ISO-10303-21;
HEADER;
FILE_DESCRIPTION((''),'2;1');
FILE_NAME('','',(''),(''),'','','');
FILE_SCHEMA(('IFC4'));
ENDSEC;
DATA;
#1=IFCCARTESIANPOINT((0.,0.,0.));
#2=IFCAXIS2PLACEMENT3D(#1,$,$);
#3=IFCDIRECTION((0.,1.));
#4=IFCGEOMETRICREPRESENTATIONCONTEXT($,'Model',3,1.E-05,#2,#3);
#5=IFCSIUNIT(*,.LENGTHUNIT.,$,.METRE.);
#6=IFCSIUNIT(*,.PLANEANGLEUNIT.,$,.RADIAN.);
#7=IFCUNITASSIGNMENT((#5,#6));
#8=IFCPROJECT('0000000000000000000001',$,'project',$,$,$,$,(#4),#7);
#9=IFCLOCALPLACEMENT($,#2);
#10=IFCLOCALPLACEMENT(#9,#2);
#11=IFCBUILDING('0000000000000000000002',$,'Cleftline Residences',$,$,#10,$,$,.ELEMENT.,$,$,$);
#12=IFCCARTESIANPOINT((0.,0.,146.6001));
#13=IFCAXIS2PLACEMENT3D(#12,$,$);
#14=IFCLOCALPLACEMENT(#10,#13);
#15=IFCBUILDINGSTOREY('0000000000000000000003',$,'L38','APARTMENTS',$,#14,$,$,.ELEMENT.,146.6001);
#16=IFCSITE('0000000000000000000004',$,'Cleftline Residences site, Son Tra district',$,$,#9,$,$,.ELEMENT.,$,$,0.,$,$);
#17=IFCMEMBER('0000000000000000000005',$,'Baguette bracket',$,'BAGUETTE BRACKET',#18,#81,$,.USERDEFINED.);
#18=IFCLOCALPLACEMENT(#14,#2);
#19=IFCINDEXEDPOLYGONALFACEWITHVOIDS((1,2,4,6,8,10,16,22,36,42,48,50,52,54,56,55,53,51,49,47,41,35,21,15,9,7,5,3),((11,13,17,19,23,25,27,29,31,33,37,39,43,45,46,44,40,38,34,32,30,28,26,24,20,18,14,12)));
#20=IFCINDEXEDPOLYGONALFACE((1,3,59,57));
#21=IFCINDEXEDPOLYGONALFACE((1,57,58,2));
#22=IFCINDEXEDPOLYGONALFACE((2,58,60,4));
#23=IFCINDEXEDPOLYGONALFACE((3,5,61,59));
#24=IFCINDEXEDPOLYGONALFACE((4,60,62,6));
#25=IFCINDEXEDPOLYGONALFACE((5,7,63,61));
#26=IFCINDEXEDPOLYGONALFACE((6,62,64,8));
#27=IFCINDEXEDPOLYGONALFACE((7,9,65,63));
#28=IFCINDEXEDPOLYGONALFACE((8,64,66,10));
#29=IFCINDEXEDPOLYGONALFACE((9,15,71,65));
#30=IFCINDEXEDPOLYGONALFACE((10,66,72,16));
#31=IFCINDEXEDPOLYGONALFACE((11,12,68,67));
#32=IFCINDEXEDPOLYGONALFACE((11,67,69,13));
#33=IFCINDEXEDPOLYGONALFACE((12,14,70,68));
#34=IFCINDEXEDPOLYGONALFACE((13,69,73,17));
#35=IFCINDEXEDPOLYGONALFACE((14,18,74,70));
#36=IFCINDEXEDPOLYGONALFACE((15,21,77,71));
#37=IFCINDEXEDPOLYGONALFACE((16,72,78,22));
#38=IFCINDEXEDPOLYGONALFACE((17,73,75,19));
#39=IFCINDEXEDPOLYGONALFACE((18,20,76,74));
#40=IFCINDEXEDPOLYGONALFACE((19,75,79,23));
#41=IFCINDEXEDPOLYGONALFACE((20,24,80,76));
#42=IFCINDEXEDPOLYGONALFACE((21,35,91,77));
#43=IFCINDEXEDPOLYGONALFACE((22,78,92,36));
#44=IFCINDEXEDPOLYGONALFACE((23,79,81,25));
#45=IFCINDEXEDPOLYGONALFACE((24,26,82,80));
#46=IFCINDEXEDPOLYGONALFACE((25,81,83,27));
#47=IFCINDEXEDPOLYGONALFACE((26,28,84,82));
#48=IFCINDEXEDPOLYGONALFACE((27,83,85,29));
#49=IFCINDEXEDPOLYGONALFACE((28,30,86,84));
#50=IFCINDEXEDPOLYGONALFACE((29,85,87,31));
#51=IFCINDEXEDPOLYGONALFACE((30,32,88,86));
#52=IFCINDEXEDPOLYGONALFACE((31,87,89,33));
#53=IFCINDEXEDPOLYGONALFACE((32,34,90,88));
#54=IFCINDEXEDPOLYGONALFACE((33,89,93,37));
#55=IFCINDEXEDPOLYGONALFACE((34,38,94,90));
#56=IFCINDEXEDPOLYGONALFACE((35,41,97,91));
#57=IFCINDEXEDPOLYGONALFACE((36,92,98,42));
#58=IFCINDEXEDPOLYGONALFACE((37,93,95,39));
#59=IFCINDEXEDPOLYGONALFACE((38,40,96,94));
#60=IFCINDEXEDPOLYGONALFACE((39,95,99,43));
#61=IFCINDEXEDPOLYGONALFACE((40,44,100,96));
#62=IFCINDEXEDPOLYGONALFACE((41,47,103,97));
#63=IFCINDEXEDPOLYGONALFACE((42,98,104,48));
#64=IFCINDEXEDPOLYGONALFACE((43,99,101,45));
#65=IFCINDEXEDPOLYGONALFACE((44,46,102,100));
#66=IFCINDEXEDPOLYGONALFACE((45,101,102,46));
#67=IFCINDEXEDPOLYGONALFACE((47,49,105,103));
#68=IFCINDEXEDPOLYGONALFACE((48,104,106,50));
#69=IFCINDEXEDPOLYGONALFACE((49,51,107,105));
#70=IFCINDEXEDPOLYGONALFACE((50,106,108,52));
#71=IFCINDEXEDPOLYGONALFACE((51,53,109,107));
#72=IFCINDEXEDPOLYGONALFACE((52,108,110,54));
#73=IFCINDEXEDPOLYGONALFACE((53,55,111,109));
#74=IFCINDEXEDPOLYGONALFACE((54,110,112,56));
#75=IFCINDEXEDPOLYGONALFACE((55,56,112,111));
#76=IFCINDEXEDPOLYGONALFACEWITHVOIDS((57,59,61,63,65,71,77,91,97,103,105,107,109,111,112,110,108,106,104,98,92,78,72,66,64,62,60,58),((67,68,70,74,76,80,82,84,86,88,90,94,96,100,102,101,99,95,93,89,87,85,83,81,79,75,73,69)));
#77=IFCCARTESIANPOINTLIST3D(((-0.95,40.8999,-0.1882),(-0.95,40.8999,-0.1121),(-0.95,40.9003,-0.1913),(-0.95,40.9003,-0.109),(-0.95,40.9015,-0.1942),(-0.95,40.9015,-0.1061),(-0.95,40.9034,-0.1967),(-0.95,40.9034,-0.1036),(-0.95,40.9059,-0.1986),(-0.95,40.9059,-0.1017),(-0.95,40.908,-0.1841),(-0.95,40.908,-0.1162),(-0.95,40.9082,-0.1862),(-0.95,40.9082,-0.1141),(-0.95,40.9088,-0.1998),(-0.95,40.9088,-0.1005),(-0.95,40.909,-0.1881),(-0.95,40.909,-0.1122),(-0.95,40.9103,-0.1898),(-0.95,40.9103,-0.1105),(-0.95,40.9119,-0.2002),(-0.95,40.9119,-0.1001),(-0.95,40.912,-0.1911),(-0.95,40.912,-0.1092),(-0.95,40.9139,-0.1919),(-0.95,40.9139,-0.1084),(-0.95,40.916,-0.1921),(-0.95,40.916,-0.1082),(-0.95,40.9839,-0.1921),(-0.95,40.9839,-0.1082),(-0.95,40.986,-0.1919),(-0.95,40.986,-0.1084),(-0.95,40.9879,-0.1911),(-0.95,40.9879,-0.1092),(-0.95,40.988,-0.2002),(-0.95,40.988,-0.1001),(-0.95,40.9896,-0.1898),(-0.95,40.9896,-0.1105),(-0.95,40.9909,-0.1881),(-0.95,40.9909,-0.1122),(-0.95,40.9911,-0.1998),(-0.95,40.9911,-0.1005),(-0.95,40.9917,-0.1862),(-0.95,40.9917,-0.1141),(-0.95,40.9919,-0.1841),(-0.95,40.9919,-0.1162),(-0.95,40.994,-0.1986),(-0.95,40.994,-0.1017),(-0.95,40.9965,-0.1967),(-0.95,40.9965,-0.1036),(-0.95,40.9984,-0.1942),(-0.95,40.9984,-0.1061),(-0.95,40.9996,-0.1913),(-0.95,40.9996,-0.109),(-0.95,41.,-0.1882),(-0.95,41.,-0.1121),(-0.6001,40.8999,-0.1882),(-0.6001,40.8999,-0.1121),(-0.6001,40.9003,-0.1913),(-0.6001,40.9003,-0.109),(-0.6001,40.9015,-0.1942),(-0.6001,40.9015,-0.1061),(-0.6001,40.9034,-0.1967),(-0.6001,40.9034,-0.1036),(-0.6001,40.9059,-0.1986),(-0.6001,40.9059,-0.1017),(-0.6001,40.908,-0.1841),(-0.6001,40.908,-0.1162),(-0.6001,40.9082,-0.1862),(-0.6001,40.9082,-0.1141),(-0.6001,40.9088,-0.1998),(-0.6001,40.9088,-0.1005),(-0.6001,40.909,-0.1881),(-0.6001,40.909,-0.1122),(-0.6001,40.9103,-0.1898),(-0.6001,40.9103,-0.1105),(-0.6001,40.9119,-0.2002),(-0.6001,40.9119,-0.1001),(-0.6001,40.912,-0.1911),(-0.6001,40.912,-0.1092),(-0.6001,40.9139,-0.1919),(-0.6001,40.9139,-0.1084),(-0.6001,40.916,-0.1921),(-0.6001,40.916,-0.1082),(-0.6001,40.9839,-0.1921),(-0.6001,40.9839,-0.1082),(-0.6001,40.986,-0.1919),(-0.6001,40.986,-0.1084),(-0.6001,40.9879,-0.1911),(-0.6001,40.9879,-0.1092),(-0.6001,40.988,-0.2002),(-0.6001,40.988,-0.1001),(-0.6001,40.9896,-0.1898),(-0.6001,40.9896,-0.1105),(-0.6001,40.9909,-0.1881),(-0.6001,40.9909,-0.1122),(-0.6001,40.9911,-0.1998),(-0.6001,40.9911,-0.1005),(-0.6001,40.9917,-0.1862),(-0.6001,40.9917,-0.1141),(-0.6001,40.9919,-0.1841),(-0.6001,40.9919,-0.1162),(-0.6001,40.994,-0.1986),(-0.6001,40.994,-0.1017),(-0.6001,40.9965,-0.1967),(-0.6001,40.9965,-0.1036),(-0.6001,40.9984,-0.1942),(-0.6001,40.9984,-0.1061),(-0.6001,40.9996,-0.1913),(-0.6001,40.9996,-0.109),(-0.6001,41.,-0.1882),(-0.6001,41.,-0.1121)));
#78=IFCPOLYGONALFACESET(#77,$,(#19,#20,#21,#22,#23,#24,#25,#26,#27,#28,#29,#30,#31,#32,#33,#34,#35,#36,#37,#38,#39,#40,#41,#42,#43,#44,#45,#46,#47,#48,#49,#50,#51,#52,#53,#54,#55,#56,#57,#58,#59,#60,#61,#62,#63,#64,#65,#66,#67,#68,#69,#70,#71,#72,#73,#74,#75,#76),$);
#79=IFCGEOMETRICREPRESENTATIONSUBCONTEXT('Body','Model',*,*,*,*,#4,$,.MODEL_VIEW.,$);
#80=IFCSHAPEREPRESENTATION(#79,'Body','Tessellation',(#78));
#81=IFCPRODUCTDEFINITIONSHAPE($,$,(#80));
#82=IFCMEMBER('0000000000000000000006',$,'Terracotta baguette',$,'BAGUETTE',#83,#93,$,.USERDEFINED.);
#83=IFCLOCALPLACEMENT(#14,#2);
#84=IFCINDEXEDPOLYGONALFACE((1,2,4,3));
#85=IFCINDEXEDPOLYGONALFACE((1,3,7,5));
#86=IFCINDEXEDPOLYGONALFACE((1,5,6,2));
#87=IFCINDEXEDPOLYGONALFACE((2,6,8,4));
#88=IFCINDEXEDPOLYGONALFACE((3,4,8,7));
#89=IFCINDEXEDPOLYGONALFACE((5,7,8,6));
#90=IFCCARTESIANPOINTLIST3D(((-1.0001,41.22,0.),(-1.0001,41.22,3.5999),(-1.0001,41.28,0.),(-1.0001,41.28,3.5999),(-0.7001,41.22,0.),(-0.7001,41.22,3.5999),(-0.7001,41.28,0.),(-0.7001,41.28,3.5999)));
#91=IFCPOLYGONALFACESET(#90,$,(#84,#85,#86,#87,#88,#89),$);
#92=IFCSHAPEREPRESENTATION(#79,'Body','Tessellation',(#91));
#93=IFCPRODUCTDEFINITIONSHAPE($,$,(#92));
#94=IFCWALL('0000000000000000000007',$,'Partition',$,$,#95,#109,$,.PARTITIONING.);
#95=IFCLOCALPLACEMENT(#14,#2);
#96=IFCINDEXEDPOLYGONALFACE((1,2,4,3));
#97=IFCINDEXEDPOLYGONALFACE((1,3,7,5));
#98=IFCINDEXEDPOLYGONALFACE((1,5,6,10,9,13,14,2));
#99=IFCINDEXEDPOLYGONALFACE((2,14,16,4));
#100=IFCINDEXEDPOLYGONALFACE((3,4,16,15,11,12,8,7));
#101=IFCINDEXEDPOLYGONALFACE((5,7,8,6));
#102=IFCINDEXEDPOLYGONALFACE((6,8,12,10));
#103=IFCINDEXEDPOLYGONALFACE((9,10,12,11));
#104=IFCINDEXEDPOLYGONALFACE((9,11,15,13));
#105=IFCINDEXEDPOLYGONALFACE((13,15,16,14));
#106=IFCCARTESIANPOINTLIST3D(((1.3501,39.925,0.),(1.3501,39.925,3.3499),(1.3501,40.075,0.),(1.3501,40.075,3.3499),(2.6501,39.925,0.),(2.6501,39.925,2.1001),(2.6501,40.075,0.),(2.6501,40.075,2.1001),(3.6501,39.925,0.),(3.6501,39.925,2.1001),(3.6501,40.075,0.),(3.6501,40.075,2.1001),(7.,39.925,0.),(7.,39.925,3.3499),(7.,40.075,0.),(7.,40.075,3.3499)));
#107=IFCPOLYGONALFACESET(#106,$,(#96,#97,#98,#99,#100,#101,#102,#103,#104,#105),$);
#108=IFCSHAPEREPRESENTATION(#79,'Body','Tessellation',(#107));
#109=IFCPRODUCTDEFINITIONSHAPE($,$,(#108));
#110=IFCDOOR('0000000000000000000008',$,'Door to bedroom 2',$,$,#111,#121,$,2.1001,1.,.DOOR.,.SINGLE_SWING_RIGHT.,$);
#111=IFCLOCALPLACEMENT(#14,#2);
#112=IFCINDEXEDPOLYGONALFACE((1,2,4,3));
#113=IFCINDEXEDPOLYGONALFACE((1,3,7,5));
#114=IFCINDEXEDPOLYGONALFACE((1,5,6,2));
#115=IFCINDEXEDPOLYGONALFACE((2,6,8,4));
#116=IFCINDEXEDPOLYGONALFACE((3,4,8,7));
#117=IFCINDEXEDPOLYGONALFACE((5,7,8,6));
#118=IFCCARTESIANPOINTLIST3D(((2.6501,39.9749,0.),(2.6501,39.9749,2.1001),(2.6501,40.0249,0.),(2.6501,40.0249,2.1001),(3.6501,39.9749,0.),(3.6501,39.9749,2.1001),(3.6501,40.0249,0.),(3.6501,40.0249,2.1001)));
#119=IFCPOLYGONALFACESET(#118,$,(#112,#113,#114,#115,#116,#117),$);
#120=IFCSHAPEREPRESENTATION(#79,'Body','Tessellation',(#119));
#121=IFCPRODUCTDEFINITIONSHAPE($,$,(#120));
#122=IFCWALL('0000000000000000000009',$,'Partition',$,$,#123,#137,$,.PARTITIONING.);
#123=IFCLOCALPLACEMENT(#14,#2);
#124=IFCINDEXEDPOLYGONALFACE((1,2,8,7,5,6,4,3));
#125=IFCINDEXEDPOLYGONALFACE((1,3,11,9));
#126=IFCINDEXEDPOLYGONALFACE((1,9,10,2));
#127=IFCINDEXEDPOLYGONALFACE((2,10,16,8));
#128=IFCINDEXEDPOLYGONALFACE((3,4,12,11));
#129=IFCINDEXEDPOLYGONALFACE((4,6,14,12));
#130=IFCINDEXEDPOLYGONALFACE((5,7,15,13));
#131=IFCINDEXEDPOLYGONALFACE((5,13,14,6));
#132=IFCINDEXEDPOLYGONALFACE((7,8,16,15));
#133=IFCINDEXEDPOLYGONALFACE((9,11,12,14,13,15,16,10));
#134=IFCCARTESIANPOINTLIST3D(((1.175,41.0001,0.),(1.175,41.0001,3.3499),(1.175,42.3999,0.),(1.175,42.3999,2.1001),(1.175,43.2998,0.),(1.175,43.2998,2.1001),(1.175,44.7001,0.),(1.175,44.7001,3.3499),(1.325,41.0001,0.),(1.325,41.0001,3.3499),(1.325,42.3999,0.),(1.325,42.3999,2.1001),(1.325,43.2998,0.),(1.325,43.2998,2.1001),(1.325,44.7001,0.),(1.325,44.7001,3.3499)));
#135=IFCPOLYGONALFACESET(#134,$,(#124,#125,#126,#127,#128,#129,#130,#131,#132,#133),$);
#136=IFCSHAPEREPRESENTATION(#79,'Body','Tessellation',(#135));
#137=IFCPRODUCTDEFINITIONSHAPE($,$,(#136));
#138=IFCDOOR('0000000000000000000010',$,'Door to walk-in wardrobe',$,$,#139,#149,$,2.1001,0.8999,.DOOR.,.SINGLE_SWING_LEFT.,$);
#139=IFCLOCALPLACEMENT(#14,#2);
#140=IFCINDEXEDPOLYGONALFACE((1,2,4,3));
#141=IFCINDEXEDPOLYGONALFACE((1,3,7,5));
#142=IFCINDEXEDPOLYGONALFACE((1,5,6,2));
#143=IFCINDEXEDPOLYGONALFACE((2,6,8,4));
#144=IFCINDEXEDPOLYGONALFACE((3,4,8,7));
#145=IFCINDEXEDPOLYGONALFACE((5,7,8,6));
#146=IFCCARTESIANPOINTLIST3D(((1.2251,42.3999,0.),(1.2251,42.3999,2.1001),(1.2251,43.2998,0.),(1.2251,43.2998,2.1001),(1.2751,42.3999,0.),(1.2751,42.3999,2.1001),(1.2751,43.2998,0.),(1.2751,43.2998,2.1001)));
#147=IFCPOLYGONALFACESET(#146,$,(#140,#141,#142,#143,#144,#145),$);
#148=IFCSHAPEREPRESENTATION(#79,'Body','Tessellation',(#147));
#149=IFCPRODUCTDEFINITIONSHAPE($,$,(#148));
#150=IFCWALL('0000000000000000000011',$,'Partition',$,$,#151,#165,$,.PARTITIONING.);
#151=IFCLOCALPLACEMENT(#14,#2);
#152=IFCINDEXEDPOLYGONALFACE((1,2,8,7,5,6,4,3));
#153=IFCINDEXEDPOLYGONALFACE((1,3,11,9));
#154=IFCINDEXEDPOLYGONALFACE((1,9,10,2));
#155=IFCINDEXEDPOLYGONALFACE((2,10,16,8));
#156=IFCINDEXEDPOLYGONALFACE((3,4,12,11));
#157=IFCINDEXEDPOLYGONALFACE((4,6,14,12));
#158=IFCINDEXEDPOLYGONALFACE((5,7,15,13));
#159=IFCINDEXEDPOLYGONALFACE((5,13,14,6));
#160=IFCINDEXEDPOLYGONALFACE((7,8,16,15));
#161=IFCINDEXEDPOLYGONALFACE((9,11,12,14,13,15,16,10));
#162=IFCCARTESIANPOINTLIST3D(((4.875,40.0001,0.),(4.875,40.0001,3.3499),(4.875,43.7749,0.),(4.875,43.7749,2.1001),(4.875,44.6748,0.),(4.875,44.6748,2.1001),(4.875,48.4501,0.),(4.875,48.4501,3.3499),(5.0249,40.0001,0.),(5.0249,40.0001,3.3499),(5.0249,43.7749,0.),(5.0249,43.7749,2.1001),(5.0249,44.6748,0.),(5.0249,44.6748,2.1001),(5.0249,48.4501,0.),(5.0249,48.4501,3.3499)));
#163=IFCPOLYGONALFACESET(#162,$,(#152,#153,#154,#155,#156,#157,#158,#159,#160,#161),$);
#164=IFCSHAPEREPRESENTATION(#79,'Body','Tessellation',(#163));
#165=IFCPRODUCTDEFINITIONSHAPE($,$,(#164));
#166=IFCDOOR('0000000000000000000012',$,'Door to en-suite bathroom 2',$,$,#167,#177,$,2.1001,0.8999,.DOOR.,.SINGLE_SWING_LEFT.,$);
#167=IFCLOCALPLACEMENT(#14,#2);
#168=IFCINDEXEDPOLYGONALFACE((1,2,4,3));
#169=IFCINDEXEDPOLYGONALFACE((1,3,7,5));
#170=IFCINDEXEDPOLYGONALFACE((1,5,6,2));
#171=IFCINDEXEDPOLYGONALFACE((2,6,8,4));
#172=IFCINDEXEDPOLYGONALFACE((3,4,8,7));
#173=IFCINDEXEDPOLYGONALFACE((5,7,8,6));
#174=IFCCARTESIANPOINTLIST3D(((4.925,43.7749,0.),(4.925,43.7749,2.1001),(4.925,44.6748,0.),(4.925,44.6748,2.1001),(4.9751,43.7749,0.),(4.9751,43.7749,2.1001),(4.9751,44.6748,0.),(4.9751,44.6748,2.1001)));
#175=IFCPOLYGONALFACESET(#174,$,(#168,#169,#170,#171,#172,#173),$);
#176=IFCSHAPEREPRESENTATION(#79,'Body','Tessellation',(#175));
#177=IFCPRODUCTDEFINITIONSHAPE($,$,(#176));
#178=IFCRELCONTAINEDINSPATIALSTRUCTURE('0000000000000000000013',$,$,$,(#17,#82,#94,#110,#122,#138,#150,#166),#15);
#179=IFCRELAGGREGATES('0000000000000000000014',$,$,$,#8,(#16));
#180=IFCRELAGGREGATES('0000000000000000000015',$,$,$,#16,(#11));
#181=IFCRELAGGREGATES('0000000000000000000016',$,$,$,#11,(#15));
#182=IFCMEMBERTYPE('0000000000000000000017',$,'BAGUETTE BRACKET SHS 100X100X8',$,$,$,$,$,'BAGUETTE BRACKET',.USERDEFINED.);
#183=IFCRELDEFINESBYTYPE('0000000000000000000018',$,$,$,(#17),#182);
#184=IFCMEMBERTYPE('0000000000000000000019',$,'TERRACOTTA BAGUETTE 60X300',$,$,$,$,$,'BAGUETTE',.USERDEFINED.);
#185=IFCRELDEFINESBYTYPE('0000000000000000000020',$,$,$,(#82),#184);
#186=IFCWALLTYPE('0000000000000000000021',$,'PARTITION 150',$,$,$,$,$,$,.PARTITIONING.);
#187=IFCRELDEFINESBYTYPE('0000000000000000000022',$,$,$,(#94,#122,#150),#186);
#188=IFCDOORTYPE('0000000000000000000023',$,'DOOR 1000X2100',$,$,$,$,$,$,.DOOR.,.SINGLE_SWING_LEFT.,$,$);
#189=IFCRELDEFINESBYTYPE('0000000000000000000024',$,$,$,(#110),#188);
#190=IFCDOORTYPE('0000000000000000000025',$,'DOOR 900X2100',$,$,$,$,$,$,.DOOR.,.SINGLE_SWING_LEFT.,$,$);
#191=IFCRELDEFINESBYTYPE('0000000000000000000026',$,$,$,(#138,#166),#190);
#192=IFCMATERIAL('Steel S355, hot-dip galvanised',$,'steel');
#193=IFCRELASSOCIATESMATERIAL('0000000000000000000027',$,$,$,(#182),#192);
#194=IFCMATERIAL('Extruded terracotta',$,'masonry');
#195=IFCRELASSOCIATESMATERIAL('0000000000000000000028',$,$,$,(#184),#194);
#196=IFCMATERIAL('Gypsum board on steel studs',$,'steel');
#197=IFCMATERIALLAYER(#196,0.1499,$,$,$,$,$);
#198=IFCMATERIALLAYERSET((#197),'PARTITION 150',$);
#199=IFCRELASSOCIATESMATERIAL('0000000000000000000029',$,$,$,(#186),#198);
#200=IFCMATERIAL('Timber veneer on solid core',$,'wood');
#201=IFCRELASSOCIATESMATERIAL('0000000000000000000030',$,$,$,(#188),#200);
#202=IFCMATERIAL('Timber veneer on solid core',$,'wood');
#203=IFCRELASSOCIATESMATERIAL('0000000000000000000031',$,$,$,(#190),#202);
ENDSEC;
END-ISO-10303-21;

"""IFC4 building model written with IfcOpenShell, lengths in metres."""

from ifc_helpers import new_model, si_unit, direction, frame, frame_2d, origin, origin_2d, place, context, subcontext, project, spatial, rectangle, hollow_rectangle, extrude, material, layer, layer_set, material_profile, profile_set, type_object, element, fill, save


model = new_model("IFC4")

# Units and contexts
model_context = context("Model", 3, precision=1e-05, world=origin(), true_north=direction((0.0, 1.0)))
body_context = subcontext(model_context, "Body", "Model", "MODEL_VIEW")
ifc_project = project(units=[si_unit("LENGTHUNIT", "METRE"), si_unit("PLANEANGLEUNIT", "RADIAN")], contexts=[model_context])

# Site, building, storey
site_placement = place(None, origin())
site = spatial("IfcSite", under=ifc_project, at=site_placement, Name="Cleftline Residences site, Son Tra district", CompositionType="ELEMENT", RefElevation=0.0)
building_placement = place(site_placement, origin())
building = spatial("IfcBuilding", under=site, at=building_placement, Name="Cleftline Residences", CompositionType="ELEMENT")
storey_placement = place(building_placement, frame((0.0, 0.0, 146.6001)))
storey = spatial("IfcBuildingStorey", under=building, at=storey_placement, Name="L38", Description="APARTMENTS", CompositionType="ELEMENT", Elevation=146.6001)

# Members
ifc_material_1 = material(Name="Steel S355, hot-dip galvanised", Category="steel")
ifc_material_profile_1 = material_profile(ifc_material_1, hollow_rectangle(XDim=0.1001, YDim=0.1001, WallThickness=0.0081, InnerFilletRadius=0.0081, OuterFilletRadius=0.012, at=origin_2d()))
ifc_profile_set_1 = profile_set([ifc_material_profile_1], Name="Steel S355, hot-dip galvanised")
member_type_1 = type_object("IfcMemberType", Name="BAGUETTE BRACKET SHS 100X100X8", ElementType="BAGUETTE BRACKET", PredefinedType="USERDEFINED", material=ifc_profile_set_1)
member_1_placement = place(storey_placement, frame((-0.6001, 40.95, -0.1501), z_axis=(-1.0, 0.0, 0.0), x_axis=(0.0, -1.0, 0.0)))
element("IfcMember", 1, at=member_1_placement, inside=storey, type_object=member_type_1, Name="Baguette bracket", ObjectType="BAGUETTE BRACKET", PredefinedType="USERDEFINED", context=body_context, shape_type="SweptSolid", body=[
    extrude(hollow_rectangle(XDim=0.1001, YDim=0.1001, WallThickness=0.0081, InnerFilletRadius=0.0081, OuterFilletRadius=0.012, at=origin_2d()), origin(), (0.0, 0.0, 1.0), 0.3499),
])
ifc_material_2 = material(Name="Extruded terracotta", Category="masonry")
ifc_material_profile_2 = material_profile(ifc_material_2, rectangle(XDim=0.0601, YDim=0.3, at=origin_2d()))
ifc_profile_set_2 = profile_set([ifc_material_profile_2], Name="Extruded terracotta")
member_type_2 = type_object("IfcMemberType", Name="TERRACOTTA BAGUETTE 60X300", ElementType="BAGUETTE", PredefinedType="USERDEFINED", material=ifc_profile_set_2)
member_2_placement = place(storey_placement, frame((-0.8501, 41.25, 0.0), z_axis=(0.0, 0.0, 1.0), x_axis=(0.0, 1.0, 0.0)))
element("IfcMember", 2, at=member_2_placement, inside=storey, type_object=member_type_2, Name="Terracotta baguette", ObjectType="BAGUETTE", PredefinedType="USERDEFINED", context=body_context, shape_type="SweptSolid", body=[
    extrude(rectangle(XDim=0.0601, YDim=0.3, at=origin_2d()), origin(), (0.0, 0.0, 1.0), 3.5999),
])

# Walls, openings, doors
ifc_material_3 = material(Name="Gypsum board on steel studs", Category="steel")
ifc_layer = layer(ifc_material_3, 0.1499)
ifc_layer_set = layer_set([ifc_layer], Name="PARTITION 150")
wall_type = type_object("IfcWallType", Name="PARTITION 150", PredefinedType="PARTITIONING", material=ifc_layer_set)
wall_1_placement = place(storey_placement, frame((1.3501, 40.0, 0.0), z_axis=(0.0, 0.0, 1.0), x_axis=(1.0, 0.0, 0.0)))
wall_1 = element("IfcWall", 3, at=wall_1_placement, inside=storey, type_object=wall_type, Name="Partition", PredefinedType="PARTITIONING", context=body_context, shape_type="SweptSolid", body=[
    extrude(rectangle(XDim=5.6499, YDim=0.1499, at=frame_2d((2.825, 0.0))), origin(), (0.0, 0.0, 1.0), 3.3499),
])
opening_1_placement = place(wall_1_placement, frame((1.3, 0.0, 0.0)))
opening_1 = element("IfcOpeningElement", 4, at=opening_1_placement, cuts=wall_1, PredefinedType="OPENING", context=body_context, shape_type="SweptSolid", body=[
    extrude(rectangle(XDim=1.0, YDim=2.1001, at=frame_2d((0.5, 1.05))), frame((0.0, 0.085, 0.0), z_axis=(0.0, -1.0, 0.0), x_axis=(1.0, 0.0, 0.0)), (0.0, 0.0, 1.0), 0.1699),
])
ifc_material_4 = material(Name="Timber veneer on solid core", Category="wood")
door_type_1 = type_object("IfcDoorType", Name="DOOR 1000X2100", OperationType="SINGLE_SWING_LEFT", PredefinedType="DOOR", material=ifc_material_4)
door_1_placement = place(opening_1_placement, origin())
door_1 = element("IfcDoor", 5, at=door_1_placement, inside=storey, type_object=door_type_1, Name="Door to bedroom 2", OperationType="SINGLE_SWING_RIGHT", OverallHeight=2.1001, OverallWidth=1.0, PredefinedType="DOOR", context=body_context, shape_type="SweptSolid", body=[
    extrude(rectangle(XDim=1.0, YDim=2.1001, at=frame_2d((0.5, 1.05))), frame((0.0, 0.0249, 0.0), z_axis=(0.0, -1.0, 0.0), x_axis=(1.0, 0.0, 0.0)), (0.0, 0.0, 1.0), 0.05),
])
fill(opening_1, door_1)
wall_2_placement = place(storey_placement, frame((1.25, 41.0, 0.0), z_axis=(0.0, 0.0, 1.0), x_axis=(0.0, 1.0, 0.0)))
wall_2 = element("IfcWall", 6, at=wall_2_placement, inside=storey, type_object=wall_type, Name="Partition", PredefinedType="PARTITIONING", context=body_context, shape_type="SweptSolid", body=[
    extrude(rectangle(XDim=3.7, YDim=0.1499, at=frame_2d((1.8501, 0.0))), origin(), (0.0, 0.0, 1.0), 3.3499),
])
opening_2_placement = place(wall_2_placement, frame((1.3999, 0.0, 0.0)))
opening_2 = element("IfcOpeningElement", 7, at=opening_2_placement, cuts=wall_2, PredefinedType="OPENING", context=body_context, shape_type="SweptSolid", body=[
    extrude(rectangle(XDim=0.8999, YDim=2.1001, at=frame_2d((0.45, 1.05))), frame((0.0, 0.085, 0.0), z_axis=(0.0, -1.0, 0.0), x_axis=(1.0, 0.0, 0.0)), (0.0, 0.0, 1.0), 0.1699),
])
ifc_material_5 = material(Name="Timber veneer on solid core", Category="wood")
door_type_2 = type_object("IfcDoorType", Name="DOOR 900X2100", OperationType="SINGLE_SWING_LEFT", PredefinedType="DOOR", material=ifc_material_5)
door_2_placement = place(opening_2_placement, origin())
door_2 = element("IfcDoor", 8, at=door_2_placement, inside=storey, type_object=door_type_2, Name="Door to walk-in wardrobe", OperationType="SINGLE_SWING_LEFT", OverallHeight=2.1001, OverallWidth=0.8999, PredefinedType="DOOR", context=body_context, shape_type="SweptSolid", body=[
    extrude(rectangle(XDim=0.8999, YDim=2.1001, at=frame_2d((0.45, 1.05))), frame((0.0, 0.0249, 0.0), z_axis=(0.0, -1.0, 0.0), x_axis=(1.0, 0.0, 0.0)), (0.0, 0.0, 1.0), 0.05),
])
fill(opening_2, door_2)
wall_3_placement = place(storey_placement, frame((4.95, 40.0, 0.0), z_axis=(0.0, 0.0, 1.0), x_axis=(0.0, 1.0, 0.0)))
wall_3 = element("IfcWall", 9, at=wall_3_placement, inside=storey, type_object=wall_type, Name="Partition", PredefinedType="PARTITIONING", context=body_context, shape_type="SweptSolid", body=[
    extrude(rectangle(XDim=8.45, YDim=0.1499, at=frame_2d((4.2251, 0.0))), origin(), (0.0, 0.0, 1.0), 3.3499),
])
opening_3_placement = place(wall_3_placement, frame((3.7749, 0.0, 0.0)))
opening_3 = element("IfcOpeningElement", 10, at=opening_3_placement, cuts=wall_3, PredefinedType="OPENING", context=body_context, shape_type="SweptSolid", body=[
    extrude(rectangle(XDim=0.8999, YDim=2.1001, at=frame_2d((0.45, 1.05))), frame((0.0, 0.085, 0.0), z_axis=(0.0, -1.0, 0.0), x_axis=(1.0, 0.0, 0.0)), (0.0, 0.0, 1.0), 0.1699),
])
door_3_placement = place(opening_3_placement, origin())
door_3 = element("IfcDoor", 11, at=door_3_placement, inside=storey, type_object=door_type_2, Name="Door to en-suite bathroom 2", OperationType="SINGLE_SWING_LEFT", OverallHeight=2.1001, OverallWidth=0.8999, PredefinedType="DOOR", context=body_context, shape_type="SweptSolid", body=[
    extrude(rectangle(XDim=0.8999, YDim=2.1001, at=frame_2d((0.45, 1.05))), frame((0.0, 0.0249, 0.0), z_axis=(0.0, -1.0, 0.0), x_axis=(1.0, 0.0, 0.0)), (0.0, 0.0, 1.0), 0.05),
])
fill(opening_3, door_3)

save(model, "model.ifc")
